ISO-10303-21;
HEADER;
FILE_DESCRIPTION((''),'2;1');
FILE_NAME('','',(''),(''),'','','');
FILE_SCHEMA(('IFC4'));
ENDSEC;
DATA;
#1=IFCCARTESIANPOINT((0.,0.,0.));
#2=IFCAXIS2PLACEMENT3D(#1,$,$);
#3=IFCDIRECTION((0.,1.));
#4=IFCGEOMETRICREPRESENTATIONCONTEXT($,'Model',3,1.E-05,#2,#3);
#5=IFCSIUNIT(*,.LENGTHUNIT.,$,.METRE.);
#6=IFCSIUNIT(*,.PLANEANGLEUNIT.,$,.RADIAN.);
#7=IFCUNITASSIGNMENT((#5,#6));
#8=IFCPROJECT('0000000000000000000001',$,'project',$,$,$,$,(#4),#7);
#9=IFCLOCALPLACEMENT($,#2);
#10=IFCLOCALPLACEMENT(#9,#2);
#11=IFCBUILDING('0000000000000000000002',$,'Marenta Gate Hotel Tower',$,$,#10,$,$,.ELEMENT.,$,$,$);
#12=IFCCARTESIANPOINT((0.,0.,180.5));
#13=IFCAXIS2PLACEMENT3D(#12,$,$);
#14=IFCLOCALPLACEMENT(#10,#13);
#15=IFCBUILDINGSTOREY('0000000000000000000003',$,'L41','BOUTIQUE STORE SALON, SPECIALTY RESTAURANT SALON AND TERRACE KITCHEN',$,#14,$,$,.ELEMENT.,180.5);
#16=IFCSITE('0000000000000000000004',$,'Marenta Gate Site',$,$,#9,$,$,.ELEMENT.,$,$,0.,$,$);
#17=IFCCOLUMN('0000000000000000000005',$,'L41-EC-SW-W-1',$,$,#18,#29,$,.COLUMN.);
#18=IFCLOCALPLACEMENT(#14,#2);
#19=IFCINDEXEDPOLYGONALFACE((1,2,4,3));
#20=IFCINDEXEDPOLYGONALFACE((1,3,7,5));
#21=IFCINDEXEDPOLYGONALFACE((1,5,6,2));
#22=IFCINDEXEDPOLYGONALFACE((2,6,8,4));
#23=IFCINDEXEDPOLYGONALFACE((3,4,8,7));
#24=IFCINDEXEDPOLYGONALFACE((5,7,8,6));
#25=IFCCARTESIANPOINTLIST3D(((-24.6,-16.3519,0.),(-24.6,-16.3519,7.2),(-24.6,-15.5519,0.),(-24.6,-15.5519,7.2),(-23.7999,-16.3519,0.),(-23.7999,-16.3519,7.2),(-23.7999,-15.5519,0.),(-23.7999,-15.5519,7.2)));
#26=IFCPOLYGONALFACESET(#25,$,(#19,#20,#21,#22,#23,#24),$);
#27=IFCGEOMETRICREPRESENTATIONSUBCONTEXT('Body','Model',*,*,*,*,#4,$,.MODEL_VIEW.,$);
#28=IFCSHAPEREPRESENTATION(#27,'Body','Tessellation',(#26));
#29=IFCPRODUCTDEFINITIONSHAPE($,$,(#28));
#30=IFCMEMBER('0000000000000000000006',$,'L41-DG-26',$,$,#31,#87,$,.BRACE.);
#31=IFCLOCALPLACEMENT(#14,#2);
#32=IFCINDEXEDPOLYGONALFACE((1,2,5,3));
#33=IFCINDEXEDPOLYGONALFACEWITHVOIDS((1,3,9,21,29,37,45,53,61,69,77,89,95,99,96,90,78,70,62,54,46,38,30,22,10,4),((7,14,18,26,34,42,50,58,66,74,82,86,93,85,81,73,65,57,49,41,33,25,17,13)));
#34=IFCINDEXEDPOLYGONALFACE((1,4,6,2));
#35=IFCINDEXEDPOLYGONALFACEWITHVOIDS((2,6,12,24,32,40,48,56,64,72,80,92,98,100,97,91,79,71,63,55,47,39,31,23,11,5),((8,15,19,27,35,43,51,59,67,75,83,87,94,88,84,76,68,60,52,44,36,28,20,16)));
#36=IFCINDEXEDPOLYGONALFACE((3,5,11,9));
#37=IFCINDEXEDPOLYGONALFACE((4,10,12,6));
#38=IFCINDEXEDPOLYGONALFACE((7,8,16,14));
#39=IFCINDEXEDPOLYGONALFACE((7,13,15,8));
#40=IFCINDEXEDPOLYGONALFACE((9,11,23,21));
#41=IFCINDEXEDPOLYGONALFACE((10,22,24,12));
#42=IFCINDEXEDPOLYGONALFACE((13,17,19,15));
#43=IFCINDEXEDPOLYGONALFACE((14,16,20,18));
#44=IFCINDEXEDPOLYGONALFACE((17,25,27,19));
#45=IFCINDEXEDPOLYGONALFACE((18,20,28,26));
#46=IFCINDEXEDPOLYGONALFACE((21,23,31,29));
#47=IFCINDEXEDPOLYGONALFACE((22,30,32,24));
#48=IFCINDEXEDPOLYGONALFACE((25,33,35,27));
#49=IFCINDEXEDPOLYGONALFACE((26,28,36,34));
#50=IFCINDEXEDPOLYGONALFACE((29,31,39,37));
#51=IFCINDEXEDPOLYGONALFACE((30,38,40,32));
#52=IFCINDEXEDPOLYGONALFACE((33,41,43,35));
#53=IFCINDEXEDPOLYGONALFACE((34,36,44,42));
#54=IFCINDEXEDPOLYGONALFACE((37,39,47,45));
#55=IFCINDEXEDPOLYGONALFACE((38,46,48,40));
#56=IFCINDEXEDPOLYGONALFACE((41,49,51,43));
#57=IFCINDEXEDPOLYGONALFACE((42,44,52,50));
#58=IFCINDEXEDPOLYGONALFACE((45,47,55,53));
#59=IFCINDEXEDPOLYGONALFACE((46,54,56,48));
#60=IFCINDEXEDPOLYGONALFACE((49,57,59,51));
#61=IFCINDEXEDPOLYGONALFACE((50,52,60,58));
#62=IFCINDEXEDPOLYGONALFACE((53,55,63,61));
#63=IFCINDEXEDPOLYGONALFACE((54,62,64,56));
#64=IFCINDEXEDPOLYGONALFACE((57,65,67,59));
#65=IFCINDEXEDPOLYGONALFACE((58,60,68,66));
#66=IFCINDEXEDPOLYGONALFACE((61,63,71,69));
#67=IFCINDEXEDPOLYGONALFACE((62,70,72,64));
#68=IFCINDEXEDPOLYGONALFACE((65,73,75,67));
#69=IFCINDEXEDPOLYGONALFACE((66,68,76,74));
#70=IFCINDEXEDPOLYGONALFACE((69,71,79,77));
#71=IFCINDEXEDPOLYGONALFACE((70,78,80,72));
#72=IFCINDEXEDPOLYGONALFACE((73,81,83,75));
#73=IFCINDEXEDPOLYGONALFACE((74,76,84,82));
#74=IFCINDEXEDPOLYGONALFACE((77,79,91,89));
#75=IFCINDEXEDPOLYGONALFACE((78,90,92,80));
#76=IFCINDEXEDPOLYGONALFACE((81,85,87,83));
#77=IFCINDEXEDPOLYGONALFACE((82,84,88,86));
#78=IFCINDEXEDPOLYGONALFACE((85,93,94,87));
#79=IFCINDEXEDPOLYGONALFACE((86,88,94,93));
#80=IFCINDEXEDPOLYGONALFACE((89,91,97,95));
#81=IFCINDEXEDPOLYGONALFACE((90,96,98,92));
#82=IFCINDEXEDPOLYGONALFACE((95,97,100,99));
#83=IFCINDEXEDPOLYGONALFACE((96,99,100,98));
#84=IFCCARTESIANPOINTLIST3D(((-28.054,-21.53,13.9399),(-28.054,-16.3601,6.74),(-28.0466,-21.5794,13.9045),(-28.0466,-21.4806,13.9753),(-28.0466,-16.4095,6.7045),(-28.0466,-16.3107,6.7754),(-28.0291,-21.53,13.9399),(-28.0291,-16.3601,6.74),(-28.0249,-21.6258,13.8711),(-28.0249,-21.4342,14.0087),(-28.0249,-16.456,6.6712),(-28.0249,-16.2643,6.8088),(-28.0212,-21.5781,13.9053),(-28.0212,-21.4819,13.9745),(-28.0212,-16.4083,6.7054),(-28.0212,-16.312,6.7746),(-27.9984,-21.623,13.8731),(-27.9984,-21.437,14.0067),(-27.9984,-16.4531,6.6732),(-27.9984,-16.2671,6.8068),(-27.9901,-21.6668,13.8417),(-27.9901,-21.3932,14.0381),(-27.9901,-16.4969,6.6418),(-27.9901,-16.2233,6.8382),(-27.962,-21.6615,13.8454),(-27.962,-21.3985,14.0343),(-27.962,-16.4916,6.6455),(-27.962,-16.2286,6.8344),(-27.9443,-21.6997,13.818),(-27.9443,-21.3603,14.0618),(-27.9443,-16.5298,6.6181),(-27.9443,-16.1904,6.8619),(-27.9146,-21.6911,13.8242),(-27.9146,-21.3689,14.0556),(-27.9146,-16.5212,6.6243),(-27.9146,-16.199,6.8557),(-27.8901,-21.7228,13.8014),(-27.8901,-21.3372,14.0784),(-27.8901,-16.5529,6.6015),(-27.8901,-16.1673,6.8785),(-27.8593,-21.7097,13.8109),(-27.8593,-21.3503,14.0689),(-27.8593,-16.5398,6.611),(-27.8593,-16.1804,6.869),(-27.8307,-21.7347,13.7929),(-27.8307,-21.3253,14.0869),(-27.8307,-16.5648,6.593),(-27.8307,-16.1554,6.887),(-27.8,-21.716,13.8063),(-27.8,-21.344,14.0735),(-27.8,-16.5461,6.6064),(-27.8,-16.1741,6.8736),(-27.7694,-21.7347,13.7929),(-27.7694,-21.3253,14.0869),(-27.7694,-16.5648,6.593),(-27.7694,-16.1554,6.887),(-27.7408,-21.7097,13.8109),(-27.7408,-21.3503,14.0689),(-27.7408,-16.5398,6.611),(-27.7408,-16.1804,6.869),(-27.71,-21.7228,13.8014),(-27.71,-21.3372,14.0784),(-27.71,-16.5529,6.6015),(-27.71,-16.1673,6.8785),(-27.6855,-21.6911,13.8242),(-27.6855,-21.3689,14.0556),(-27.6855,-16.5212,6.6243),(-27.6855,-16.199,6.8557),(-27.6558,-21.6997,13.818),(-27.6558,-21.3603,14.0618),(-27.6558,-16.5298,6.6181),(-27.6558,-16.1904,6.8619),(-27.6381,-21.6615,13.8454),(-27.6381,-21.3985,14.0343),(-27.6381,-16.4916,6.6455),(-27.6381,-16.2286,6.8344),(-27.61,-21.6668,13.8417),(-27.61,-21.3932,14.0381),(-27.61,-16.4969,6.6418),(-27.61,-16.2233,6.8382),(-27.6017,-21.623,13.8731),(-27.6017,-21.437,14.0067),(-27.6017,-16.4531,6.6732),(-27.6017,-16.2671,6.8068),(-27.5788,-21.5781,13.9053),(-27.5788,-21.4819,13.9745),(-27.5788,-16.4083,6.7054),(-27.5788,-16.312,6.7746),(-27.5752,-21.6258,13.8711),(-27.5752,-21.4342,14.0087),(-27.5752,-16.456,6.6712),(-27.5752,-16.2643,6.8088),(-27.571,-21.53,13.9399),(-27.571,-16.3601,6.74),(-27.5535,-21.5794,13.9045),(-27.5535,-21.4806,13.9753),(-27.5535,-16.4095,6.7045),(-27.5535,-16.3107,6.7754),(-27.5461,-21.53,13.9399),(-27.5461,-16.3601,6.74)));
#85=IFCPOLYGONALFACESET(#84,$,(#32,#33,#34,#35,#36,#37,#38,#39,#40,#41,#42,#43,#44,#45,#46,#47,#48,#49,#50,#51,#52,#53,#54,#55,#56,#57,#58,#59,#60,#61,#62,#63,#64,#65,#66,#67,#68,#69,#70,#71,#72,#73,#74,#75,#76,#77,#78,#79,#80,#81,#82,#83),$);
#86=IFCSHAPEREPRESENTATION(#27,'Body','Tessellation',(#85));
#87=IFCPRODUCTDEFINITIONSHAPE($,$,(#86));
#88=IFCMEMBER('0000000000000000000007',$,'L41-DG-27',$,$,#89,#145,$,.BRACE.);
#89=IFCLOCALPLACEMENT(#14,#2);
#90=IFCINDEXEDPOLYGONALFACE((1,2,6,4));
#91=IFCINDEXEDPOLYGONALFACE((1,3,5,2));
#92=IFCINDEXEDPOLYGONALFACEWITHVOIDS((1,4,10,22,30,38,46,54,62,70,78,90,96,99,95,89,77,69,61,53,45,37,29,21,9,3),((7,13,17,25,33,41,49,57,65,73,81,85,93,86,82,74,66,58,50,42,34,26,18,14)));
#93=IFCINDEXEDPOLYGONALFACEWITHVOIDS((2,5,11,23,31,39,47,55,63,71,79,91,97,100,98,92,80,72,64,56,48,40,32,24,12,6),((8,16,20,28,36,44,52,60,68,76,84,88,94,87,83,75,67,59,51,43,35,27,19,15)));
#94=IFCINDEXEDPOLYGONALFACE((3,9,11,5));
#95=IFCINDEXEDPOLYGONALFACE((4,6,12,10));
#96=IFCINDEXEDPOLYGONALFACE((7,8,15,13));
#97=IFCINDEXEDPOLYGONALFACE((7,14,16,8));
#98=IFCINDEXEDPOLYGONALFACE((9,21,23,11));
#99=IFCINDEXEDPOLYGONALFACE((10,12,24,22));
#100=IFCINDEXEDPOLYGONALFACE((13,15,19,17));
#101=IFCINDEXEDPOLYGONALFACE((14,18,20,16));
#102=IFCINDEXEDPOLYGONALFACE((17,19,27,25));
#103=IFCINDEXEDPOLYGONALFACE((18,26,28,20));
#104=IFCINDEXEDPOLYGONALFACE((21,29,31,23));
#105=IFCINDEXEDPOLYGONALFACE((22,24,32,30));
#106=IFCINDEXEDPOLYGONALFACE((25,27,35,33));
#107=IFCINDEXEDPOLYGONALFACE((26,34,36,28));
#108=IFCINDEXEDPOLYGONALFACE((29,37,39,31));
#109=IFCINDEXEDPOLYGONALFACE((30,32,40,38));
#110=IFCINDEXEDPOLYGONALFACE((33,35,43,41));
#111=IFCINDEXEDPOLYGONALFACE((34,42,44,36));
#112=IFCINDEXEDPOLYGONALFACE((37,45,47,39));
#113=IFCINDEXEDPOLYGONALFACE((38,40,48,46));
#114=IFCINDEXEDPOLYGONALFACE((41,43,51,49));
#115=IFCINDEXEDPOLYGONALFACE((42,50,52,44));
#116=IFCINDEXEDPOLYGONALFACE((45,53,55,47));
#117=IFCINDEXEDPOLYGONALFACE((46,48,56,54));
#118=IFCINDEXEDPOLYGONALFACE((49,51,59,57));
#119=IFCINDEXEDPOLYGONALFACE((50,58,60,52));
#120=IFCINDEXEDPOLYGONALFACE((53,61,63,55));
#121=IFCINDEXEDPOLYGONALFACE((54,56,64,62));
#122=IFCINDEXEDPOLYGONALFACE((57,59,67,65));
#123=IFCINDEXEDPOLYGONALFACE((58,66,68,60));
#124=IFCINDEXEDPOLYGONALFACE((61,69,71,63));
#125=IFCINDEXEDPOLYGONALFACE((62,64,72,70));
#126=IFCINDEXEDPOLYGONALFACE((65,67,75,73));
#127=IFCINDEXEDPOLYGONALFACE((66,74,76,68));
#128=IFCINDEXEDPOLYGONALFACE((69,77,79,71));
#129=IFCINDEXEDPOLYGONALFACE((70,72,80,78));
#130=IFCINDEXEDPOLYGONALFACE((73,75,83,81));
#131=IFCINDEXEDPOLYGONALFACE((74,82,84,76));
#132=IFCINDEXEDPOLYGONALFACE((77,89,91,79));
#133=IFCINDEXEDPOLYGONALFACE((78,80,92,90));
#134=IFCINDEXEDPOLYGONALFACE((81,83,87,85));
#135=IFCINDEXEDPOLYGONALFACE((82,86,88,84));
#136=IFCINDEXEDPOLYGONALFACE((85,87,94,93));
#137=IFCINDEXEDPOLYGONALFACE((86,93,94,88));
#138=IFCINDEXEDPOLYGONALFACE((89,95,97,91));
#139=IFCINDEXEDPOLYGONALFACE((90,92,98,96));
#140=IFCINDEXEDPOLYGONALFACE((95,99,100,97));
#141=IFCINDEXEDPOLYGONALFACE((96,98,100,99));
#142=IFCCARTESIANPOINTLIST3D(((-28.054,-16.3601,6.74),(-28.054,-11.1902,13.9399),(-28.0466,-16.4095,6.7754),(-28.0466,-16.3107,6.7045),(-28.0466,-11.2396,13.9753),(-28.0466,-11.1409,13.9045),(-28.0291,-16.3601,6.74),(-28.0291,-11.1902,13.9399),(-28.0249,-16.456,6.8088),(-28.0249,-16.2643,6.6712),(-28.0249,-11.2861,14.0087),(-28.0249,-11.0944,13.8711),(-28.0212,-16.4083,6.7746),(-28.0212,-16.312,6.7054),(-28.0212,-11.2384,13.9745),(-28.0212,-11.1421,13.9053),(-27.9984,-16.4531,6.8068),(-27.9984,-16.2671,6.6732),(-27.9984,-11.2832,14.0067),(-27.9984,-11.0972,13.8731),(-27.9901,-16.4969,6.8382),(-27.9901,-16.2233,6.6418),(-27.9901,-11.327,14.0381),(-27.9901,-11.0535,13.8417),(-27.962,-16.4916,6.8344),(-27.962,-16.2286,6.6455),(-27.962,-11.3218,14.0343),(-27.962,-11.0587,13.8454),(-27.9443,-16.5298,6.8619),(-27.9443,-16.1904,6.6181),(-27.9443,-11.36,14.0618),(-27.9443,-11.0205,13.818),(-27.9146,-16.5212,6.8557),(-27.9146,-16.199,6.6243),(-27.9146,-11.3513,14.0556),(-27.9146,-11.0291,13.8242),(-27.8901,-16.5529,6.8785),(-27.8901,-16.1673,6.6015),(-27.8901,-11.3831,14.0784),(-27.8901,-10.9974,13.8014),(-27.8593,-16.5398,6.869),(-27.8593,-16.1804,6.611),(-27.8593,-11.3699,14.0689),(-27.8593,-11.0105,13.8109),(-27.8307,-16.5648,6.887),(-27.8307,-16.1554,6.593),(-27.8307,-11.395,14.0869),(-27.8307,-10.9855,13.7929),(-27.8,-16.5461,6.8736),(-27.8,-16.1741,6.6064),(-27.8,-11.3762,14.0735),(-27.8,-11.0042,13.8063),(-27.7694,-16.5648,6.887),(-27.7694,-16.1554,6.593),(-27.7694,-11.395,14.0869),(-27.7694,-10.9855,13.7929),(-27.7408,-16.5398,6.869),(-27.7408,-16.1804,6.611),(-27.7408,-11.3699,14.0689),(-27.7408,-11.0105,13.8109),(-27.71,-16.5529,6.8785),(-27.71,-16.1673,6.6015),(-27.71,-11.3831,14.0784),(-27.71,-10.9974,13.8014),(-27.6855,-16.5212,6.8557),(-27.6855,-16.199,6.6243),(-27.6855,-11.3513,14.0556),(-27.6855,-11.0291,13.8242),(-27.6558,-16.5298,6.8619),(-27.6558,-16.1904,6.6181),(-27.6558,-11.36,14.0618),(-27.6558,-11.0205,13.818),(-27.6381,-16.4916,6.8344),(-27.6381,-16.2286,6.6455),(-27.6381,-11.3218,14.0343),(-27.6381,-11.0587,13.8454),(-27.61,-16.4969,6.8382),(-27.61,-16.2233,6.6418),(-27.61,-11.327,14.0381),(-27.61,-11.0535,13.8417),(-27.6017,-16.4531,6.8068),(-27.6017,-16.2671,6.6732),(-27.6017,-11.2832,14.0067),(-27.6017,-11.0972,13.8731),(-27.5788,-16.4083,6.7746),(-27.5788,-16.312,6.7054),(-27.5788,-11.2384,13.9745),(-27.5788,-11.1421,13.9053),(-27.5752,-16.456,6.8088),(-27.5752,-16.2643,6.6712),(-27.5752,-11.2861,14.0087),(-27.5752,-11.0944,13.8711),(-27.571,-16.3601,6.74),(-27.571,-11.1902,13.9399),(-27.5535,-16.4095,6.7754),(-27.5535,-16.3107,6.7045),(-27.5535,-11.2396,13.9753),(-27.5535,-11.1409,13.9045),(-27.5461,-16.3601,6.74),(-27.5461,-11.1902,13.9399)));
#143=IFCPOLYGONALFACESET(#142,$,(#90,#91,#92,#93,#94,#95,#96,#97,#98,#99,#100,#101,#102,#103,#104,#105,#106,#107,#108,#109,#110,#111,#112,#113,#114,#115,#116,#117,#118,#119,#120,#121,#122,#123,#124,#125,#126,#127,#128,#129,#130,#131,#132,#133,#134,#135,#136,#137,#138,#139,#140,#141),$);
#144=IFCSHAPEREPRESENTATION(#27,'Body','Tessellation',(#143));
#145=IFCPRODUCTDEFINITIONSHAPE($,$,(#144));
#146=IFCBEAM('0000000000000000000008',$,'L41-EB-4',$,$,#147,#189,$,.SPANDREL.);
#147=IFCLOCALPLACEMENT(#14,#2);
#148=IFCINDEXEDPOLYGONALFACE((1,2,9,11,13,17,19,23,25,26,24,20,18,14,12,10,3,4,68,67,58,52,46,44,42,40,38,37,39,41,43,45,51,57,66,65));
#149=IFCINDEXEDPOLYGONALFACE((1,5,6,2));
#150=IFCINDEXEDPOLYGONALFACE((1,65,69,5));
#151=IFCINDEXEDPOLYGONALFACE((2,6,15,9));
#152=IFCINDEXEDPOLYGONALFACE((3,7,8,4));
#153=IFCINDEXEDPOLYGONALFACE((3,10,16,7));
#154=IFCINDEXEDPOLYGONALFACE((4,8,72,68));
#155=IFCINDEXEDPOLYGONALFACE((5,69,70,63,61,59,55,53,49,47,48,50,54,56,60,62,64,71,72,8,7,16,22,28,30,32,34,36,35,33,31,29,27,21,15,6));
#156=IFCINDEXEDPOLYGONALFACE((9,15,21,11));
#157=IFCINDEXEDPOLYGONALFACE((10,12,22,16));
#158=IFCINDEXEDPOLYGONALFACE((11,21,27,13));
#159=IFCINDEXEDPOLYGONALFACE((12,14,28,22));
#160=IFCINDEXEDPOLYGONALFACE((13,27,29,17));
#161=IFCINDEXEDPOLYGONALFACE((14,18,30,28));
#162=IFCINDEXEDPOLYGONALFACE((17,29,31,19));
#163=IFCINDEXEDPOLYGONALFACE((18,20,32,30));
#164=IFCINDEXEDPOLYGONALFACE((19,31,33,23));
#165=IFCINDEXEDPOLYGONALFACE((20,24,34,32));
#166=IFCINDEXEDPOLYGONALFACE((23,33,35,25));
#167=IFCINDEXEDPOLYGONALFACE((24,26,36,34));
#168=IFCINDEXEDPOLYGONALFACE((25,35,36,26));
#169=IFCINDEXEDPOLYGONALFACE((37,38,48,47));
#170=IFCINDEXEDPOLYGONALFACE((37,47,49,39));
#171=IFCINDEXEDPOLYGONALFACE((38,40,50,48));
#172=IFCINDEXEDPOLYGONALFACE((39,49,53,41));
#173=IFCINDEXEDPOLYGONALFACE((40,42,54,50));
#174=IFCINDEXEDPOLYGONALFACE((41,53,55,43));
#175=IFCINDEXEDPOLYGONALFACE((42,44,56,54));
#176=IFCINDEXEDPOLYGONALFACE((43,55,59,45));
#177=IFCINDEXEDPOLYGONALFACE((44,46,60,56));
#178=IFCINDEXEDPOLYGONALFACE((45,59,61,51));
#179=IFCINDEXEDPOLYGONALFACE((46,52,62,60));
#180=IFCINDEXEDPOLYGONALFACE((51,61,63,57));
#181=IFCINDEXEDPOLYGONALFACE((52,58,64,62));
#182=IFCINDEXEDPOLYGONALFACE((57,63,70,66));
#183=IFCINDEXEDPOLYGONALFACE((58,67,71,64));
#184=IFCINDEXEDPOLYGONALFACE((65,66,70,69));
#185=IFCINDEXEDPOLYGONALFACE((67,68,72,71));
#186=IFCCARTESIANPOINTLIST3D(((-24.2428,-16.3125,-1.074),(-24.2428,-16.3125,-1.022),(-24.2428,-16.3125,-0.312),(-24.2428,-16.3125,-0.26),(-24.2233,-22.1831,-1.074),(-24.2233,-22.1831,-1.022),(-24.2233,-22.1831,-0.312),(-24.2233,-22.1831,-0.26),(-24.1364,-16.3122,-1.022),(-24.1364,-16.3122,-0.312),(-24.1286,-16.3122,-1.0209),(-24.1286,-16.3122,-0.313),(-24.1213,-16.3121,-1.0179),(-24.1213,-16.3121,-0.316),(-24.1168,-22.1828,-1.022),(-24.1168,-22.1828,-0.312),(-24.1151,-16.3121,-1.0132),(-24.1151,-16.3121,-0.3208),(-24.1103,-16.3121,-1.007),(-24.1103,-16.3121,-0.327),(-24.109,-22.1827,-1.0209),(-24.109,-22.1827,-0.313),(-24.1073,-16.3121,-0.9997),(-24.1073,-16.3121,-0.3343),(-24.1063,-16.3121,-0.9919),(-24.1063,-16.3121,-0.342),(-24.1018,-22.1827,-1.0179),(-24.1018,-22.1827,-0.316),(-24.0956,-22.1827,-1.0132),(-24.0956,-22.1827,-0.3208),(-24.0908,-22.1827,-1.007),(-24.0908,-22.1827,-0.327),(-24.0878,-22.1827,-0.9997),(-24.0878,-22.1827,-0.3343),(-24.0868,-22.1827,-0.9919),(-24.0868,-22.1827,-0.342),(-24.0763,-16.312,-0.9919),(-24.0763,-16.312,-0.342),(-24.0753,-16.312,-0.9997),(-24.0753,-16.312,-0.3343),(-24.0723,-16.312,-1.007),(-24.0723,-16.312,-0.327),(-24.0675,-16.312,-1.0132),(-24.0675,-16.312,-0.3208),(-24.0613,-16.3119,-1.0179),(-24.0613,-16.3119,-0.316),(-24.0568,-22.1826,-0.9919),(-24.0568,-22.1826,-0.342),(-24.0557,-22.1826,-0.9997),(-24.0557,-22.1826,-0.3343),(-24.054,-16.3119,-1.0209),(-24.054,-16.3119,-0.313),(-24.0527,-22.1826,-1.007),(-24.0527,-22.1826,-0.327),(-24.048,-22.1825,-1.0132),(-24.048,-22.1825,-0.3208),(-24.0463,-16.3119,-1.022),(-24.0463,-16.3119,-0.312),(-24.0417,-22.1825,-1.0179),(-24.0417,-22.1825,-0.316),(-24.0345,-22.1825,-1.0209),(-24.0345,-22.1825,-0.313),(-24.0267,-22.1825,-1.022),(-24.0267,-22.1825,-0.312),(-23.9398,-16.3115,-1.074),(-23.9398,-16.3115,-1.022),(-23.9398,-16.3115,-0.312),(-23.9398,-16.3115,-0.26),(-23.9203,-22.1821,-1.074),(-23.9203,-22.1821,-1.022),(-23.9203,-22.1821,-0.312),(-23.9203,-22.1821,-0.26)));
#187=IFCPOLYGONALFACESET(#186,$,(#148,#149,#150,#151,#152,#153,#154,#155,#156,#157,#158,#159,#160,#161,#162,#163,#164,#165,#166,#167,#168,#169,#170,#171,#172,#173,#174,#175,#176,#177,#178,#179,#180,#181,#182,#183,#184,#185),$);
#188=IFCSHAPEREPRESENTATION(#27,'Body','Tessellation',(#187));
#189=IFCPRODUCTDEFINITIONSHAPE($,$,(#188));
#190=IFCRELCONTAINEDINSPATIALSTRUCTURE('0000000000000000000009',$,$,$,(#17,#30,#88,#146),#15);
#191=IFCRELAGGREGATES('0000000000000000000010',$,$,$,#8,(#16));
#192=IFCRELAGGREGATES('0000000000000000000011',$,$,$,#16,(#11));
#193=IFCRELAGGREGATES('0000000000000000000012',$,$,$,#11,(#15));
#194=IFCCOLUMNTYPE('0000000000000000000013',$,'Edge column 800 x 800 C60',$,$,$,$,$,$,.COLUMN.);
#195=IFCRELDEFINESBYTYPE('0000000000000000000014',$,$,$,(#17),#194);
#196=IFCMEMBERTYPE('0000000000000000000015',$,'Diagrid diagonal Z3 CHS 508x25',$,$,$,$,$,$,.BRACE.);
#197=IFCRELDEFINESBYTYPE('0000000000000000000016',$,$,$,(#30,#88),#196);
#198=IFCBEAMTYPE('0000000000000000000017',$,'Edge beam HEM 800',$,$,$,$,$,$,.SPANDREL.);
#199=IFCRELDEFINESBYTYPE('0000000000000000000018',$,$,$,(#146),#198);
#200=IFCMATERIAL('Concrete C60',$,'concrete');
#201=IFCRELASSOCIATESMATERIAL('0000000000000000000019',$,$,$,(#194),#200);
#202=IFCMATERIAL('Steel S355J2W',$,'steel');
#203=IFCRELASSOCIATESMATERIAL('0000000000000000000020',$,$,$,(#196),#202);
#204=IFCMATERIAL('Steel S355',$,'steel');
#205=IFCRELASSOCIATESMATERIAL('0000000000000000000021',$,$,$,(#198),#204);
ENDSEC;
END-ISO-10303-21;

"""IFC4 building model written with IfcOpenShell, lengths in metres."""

from ifc_helpers import new_model, si_unit, direction, frame, origin, origin_2d, place, context, subcontext, project, spatial, rectangle, hollow_circle, i_section, extrude, material, material_profile, profile_set, type_object, element, save


model = new_model("IFC4")

# Units and contexts
model_context = context("Model", 3, precision=1e-05, world=origin(), true_north=direction((0.0, 1.0)))
body_context = subcontext(model_context, "Body", "Model", "MODEL_VIEW")
ifc_project = project(units=[si_unit("LENGTHUNIT", "METRE"), si_unit("PLANEANGLEUNIT", "RADIAN")], contexts=[model_context])

# Site, building, storey
site_placement = place(None, origin())
site = spatial("IfcSite", under=ifc_project, at=site_placement, Name="Marenta Gate Site", CompositionType="ELEMENT", RefElevation=0.0)
building_placement = place(site_placement, origin())
building = spatial("IfcBuilding", under=site, at=building_placement, Name="Marenta Gate Hotel Tower", CompositionType="ELEMENT")
storey_placement = place(building_placement, frame((0.0, 0.0, 180.5)))
storey = spatial("IfcBuildingStorey", under=building, at=storey_placement, Name="L41", Description="BOUTIQUE STORE SALON, SPECIALTY RESTAURANT SALON AND TERRACE KITCHEN", CompositionType="ELEMENT", Elevation=180.5)

# Column
ifc_material_1 = material(Name="Concrete C60", Category="concrete")
ifc_material_profile_1 = material_profile(ifc_material_1, rectangle(XDim=0.8, YDim=0.8, at=origin_2d()), Name="800 x 800")
ifc_profile_set_1 = profile_set([ifc_material_profile_1], Name="Concrete C60")
column_type = type_object("IfcColumnType", Name="Edge column 800 x 800 C60", PredefinedType="COLUMN", material=ifc_profile_set_1)
column_placement = place(storey_placement, frame((-24.2, -15.9519, 0.0), z_axis=(0.0, 0.0, 1.0), x_axis=(1.0, 0.0, 0.0)))
element("IfcColumn", 1, at=column_placement, inside=storey, type_object=column_type, Name="L41-EC-SW-W-1", PredefinedType="COLUMN", context=body_context, shape_type="SweptSolid", body=[
    extrude(rectangle(XDim=0.8, YDim=0.8, at=origin_2d()), origin(), (0.0, 0.0, 1.0), 7.2),
])

# Members
ifc_material_2 = material(Name="Steel S355J2W", Category="steel")
ifc_material_profile_2 = material_profile(ifc_material_2, hollow_circle(Radius=0.2539, WallThickness=0.0249, at=origin_2d()), Name="CHS 508x25")
ifc_profile_set_2 = profile_set([ifc_material_profile_2], Name="Steel S355J2W")
member_type_1 = type_object("IfcMemberType", Name="Diagrid diagonal Z3 CHS 508x25", PredefinedType="BRACE", material=ifc_profile_set_2)
for number, where, z_axis, x_axis, name in (
    (2, (-27.8, -16.3601, 6.74), (0.0, -0.583261, 0.812285), (1.0, 0.0, 0.0), "L41-DG-26"),
    (3, (-27.8, -16.3601, 6.74), (0.0, 0.583261, 0.812285), (-1.0, 0.0, 0.0), "L41-DG-27"),
):
    element("IfcMember", number, at=place(storey_placement, frame(where, z_axis=z_axis, x_axis=x_axis)), inside=storey, type_object=member_type_1, Name=name, PredefinedType="BRACE", context=body_context, shape_type="SweptSolid", body=[
        extrude(hollow_circle(Radius=0.2539, WallThickness=0.0249, at=origin_2d()), origin(), (0.0, 0.0, 1.0), 8.8638),
    ])

# Beam
ifc_material_3 = material(Name="Steel S355", Category="steel")
ifc_material_profile_3 = material_profile(ifc_material_3, i_section(OverallWidth=0.303, OverallDepth=0.814, WebThickness=0.03, FlangeThickness=0.052, FilletRadius=0.03, at=origin_2d()), Name="HEM 800")
ifc_profile_set_3 = profile_set([ifc_material_profile_3], Name="Steel S355")
beam_type = type_object("IfcBeamType", Name="Edge beam HEM 800", PredefinedType="SPANDREL", material=ifc_profile_set_3)
beam_1_placement = place(storey_placement, frame((-24.0718, -22.1826, -0.667), z_axis=(-0.003327, 0.999994, 0.0), x_axis=(-0.999994, -0.003327, 0.0)))
element("IfcBeam", 4, at=beam_1_placement, inside=storey, type_object=beam_type, Name="L41-EB-4", PredefinedType="SPANDREL", context=body_context, shape_type="SweptSolid", body=[
    extrude(i_section(OverallWidth=0.303, OverallDepth=0.814, WebThickness=0.03, FlangeThickness=0.052, FilletRadius=0.03, at=origin_2d()), origin(), (0.0, 0.0, 1.0), 5.8706),
])

save(model, "model.ifc")
